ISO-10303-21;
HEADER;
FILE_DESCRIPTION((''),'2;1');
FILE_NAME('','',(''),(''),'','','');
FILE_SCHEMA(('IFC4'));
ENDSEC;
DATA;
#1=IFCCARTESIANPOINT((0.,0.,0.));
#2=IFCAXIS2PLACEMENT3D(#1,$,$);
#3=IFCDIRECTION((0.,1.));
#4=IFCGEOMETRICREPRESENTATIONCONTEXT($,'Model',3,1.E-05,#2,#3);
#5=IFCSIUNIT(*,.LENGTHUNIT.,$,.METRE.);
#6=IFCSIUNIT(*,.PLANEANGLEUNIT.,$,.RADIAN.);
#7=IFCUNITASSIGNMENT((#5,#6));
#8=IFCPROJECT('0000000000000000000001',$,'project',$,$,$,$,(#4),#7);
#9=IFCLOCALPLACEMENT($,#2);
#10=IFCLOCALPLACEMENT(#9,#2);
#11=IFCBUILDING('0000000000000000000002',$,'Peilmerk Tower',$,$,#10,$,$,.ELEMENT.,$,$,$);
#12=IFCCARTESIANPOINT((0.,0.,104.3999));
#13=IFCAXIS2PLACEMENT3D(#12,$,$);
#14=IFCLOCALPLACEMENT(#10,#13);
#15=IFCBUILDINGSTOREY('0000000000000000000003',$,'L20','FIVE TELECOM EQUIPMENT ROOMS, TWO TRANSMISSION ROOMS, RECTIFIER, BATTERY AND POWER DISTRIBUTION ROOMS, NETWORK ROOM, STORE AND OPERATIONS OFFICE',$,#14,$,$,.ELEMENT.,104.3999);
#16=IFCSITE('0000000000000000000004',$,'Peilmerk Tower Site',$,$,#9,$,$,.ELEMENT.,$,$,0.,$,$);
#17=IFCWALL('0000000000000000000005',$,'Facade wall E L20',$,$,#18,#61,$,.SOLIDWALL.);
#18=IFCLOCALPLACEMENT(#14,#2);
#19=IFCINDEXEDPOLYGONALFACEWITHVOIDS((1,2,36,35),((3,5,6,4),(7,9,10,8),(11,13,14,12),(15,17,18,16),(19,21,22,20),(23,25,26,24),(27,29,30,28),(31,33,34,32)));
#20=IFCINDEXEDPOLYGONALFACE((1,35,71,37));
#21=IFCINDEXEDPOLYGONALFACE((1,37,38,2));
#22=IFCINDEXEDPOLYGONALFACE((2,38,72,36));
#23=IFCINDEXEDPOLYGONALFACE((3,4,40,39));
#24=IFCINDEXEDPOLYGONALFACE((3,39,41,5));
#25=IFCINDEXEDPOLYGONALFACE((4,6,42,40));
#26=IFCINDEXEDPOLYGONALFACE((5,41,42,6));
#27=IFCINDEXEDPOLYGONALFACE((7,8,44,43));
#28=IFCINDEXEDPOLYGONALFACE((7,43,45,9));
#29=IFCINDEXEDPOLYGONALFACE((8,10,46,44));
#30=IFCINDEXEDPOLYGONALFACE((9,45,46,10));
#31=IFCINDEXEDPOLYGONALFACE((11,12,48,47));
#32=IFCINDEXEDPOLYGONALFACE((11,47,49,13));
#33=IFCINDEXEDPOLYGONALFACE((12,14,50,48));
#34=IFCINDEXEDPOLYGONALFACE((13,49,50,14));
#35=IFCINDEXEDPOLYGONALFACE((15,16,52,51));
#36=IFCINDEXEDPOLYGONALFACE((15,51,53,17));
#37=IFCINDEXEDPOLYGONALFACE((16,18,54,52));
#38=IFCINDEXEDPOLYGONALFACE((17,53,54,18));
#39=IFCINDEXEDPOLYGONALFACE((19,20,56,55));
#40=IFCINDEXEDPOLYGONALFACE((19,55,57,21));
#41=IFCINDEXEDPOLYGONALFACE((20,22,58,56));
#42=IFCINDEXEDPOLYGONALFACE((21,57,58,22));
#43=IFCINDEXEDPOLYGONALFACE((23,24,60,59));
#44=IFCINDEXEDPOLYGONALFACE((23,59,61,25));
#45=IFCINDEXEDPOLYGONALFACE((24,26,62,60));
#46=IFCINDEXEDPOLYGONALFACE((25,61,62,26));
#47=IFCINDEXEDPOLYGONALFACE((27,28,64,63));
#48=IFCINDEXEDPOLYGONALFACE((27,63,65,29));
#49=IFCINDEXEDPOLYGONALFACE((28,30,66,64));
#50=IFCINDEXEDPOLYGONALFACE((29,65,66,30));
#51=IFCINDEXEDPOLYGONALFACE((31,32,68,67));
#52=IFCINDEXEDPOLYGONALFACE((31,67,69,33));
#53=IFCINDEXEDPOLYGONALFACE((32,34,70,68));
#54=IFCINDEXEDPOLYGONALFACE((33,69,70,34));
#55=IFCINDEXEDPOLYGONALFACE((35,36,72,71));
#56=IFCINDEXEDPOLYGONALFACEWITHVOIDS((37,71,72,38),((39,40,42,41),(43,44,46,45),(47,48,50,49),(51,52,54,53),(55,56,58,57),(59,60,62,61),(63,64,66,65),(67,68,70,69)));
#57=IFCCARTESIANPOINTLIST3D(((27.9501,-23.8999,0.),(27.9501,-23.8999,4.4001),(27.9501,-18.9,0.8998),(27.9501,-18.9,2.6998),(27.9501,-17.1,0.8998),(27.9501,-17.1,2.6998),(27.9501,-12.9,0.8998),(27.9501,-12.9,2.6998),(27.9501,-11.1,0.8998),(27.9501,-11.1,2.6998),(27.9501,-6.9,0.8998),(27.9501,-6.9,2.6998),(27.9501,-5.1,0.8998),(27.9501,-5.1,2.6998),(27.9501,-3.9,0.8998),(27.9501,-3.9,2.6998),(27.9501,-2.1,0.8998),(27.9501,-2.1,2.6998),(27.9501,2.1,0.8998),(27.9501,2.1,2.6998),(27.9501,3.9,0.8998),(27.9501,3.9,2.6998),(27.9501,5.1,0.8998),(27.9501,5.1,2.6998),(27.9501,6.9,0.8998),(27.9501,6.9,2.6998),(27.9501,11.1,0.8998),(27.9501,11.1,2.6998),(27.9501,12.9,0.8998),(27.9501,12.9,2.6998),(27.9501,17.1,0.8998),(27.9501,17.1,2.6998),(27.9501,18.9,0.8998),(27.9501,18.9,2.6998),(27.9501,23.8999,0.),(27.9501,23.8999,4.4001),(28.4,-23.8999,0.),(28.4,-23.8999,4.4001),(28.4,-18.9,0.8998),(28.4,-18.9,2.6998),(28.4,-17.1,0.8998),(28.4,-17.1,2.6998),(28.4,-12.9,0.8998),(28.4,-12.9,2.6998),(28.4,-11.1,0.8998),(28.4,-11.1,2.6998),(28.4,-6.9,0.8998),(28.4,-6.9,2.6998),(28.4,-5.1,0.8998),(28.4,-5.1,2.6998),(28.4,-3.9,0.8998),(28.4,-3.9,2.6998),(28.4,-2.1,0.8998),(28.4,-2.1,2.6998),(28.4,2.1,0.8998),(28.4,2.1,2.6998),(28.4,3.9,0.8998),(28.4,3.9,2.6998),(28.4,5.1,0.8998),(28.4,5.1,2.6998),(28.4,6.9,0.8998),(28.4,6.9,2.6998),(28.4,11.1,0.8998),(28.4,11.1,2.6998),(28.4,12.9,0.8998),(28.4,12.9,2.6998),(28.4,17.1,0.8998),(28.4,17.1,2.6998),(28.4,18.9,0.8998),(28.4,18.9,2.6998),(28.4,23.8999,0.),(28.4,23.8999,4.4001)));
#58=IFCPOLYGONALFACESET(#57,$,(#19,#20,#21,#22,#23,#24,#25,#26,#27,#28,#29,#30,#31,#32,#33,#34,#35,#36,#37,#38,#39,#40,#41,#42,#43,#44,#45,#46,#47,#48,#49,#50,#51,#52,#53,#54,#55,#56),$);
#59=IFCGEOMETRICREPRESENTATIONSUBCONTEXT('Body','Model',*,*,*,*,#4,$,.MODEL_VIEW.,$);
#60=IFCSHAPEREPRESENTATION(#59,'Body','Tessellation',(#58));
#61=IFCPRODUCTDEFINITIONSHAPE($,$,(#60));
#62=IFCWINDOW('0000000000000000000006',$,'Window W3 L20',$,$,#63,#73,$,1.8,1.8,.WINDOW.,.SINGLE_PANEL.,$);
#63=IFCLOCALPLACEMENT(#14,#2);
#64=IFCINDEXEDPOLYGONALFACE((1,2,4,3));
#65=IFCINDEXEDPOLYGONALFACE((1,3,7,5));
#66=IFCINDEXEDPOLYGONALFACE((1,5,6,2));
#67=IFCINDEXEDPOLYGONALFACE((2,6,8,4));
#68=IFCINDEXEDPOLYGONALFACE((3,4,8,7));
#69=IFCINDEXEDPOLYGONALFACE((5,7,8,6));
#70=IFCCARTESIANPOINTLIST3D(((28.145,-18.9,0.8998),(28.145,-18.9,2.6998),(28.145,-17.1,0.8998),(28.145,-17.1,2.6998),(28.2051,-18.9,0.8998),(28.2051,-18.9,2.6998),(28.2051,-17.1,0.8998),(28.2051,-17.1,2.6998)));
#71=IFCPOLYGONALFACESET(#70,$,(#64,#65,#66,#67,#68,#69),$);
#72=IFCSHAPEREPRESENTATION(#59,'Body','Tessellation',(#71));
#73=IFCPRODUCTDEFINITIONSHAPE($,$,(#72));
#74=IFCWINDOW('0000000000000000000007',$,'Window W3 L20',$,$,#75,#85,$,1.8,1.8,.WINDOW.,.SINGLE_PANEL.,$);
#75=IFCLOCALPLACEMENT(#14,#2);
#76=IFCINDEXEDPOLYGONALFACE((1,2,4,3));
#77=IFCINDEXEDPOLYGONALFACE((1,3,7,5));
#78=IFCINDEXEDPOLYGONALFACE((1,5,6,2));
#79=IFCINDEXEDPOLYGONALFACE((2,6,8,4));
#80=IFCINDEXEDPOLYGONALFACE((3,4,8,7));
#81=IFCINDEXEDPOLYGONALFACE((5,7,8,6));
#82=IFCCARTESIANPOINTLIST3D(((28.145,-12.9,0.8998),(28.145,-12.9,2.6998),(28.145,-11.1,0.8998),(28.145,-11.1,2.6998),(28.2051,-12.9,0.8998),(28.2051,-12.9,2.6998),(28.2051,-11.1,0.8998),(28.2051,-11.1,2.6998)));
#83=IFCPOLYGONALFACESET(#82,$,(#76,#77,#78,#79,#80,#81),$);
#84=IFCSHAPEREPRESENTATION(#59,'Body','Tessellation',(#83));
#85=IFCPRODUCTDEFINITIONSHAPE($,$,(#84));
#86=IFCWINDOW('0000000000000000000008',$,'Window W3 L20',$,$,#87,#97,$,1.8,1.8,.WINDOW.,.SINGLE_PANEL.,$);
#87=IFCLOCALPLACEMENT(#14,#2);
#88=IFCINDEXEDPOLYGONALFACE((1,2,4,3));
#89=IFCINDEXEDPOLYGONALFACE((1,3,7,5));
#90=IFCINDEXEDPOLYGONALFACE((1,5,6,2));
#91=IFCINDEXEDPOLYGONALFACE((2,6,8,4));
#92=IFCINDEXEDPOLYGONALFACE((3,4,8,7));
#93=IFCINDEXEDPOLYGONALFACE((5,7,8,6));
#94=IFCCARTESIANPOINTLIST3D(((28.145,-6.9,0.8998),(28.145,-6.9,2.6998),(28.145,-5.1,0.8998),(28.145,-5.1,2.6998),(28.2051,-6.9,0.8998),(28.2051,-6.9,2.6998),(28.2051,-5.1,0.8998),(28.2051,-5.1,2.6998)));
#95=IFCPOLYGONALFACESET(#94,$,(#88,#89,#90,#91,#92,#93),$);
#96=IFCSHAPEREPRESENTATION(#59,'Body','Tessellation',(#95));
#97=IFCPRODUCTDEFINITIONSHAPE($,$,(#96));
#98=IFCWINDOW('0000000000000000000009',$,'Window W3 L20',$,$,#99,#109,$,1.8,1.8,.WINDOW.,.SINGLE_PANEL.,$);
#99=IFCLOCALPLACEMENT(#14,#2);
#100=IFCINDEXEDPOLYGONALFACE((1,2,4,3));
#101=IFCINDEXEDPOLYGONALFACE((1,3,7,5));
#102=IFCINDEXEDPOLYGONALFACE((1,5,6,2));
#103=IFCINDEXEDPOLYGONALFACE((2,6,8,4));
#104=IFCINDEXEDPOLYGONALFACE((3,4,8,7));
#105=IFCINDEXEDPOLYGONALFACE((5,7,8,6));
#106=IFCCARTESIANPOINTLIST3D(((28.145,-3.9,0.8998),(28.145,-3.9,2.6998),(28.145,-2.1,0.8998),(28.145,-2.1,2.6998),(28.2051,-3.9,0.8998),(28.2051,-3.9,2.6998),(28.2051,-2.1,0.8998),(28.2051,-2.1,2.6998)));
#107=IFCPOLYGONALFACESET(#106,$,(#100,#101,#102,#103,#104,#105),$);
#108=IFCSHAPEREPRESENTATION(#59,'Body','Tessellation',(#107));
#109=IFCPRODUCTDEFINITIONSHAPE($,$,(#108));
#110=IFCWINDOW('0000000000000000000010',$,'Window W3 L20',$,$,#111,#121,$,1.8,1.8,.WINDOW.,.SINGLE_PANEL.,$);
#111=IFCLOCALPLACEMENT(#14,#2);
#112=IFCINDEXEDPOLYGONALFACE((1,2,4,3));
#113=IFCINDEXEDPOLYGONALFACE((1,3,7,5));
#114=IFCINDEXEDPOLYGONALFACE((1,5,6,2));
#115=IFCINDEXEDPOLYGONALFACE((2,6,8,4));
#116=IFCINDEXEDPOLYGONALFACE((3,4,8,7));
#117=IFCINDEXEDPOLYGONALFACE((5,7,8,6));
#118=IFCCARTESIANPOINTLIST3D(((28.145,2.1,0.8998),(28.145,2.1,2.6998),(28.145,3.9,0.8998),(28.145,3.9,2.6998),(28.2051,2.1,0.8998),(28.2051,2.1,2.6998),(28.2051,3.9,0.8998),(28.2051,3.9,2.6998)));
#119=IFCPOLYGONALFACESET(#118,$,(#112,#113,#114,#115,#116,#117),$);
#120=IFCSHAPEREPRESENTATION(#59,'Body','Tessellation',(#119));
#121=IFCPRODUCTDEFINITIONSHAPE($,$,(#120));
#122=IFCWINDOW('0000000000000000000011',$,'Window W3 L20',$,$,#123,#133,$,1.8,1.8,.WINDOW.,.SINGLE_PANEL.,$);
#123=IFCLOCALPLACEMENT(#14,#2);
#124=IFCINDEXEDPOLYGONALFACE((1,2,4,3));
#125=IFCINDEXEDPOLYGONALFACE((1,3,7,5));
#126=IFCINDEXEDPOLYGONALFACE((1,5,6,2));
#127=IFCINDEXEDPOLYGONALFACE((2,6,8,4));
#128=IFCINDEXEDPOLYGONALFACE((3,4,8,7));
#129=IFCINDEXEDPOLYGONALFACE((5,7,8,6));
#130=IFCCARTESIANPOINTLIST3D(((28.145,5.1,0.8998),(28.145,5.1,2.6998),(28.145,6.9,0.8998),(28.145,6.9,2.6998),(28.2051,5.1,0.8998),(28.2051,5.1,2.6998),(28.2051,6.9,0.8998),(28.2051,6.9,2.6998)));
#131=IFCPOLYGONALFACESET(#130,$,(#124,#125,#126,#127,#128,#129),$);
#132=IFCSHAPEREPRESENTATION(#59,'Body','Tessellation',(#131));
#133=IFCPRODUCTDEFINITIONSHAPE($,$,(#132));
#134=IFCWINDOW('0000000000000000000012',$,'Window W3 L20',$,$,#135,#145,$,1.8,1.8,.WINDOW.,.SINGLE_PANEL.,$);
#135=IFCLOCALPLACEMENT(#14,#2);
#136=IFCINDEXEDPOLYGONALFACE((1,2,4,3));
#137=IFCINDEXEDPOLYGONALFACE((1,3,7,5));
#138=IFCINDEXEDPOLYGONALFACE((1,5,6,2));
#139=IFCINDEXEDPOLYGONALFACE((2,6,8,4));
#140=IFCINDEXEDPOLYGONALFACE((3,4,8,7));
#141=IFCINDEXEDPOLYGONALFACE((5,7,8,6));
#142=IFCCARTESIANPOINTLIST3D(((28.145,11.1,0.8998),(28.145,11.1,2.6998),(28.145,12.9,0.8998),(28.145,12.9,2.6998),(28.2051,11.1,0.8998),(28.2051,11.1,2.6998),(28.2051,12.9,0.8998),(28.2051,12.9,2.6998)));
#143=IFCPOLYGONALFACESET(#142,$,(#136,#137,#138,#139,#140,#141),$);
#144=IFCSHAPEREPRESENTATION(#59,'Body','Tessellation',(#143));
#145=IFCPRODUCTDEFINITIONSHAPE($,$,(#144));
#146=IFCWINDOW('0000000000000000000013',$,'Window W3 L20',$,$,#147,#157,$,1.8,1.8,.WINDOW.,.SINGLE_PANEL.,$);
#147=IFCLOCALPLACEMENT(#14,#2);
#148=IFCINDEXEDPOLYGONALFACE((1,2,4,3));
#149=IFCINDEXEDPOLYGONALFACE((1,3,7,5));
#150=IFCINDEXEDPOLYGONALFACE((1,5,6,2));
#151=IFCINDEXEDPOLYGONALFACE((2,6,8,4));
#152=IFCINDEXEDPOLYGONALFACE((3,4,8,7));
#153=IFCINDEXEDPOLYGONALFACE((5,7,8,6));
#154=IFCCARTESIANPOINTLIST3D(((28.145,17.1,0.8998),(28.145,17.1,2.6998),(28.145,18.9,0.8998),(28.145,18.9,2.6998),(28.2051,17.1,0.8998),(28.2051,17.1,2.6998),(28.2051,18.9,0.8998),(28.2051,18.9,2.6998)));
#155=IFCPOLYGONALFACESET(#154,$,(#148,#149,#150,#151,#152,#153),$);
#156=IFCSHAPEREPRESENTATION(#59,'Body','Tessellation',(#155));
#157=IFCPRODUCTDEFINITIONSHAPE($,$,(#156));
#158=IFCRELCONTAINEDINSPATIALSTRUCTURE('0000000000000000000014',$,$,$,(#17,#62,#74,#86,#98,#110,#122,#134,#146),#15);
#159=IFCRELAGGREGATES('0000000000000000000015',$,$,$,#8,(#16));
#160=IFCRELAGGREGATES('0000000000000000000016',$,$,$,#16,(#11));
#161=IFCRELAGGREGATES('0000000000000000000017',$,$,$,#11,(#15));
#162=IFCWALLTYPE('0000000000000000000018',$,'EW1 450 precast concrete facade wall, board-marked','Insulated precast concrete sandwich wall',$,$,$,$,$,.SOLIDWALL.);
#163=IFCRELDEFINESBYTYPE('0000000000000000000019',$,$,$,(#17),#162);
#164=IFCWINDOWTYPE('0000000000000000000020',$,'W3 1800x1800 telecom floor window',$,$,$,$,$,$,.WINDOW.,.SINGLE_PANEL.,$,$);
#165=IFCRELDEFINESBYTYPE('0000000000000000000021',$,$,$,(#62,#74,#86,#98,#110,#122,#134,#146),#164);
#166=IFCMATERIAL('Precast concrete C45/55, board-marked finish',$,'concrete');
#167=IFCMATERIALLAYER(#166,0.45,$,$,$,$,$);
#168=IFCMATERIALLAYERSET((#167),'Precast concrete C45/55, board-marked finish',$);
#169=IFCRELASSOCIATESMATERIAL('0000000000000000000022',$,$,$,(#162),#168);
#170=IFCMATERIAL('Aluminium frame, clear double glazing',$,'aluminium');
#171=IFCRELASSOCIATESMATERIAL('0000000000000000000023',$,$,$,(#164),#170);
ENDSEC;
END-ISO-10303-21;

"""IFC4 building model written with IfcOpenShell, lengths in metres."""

from ifc_helpers import new_model, si_unit, direction, frame, frame_2d, origin, place, context, subcontext, project, spatial, rectangle, extrude, material, layer, layer_set, type_object, element, fill, save


model = new_model("IFC4")

# Units and contexts
model_context = context("Model", 3, precision=1e-05, world=origin(), true_north=direction((0.0, 1.0)))
body_context = subcontext(model_context, "Body", "Model", "MODEL_VIEW")
ifc_project = project(units=[si_unit("LENGTHUNIT", "METRE"), si_unit("PLANEANGLEUNIT", "RADIAN")], contexts=[model_context])

# Site, building, storey
site_placement = place(None, origin())
site = spatial("IfcSite", under=ifc_project, at=site_placement, Name="Peilmerk Tower Site", CompositionType="ELEMENT", RefElevation=0.0)
building_placement = place(site_placement, origin())
building = spatial("IfcBuilding", under=site, at=building_placement, Name="Peilmerk Tower", CompositionType="ELEMENT")
storey_placement = place(building_placement, frame((0.0, 0.0, 104.3999)))
storey = spatial("IfcBuildingStorey", under=building, at=storey_placement, Name="L20", Description="FIVE TELECOM EQUIPMENT ROOMS, TWO TRANSMISSION ROOMS, RECTIFIER, BATTERY AND POWER DISTRIBUTION ROOMS, NETWORK ROOM, STORE AND OPERATIONS OFFICE", CompositionType="ELEMENT", Elevation=104.3999)

# Wall, openings, windows
ifc_material_1 = material(Name="Precast concrete C45/55, board-marked finish", Category="concrete")
ifc_layer = layer(ifc_material_1, 0.45)
ifc_layer_set = layer_set([ifc_layer], Name="Precast concrete C45/55, board-marked finish")
wall_type = type_object("IfcWallType", Name="EW1 450 precast concrete facade wall, board-marked", Description="Insulated precast concrete sandwich wall", PredefinedType="SOLIDWALL", material=ifc_layer_set)
wall_1_placement = place(storey_placement, frame((28.175, -23.8999, 0.0), z_axis=(0.0, 0.0, 1.0), x_axis=(0.0, 1.0, 0.0)))
wall_1 = element("IfcWall", 1, at=wall_1_placement, inside=storey, type_object=wall_type, Name="Facade wall E L20", PredefinedType="SOLIDWALL", context=body_context, shape_type="SweptSolid", body=[
    extrude(rectangle(XDim=47.7998, YDim=0.45, at=frame_2d((23.8999, 0.0))), origin(), (0.0, 0.0, 1.0), 4.4001),
])
opening_1_placement = place(wall_1_placement, frame((5.0, 0.0, 0.8999)))
opening_1 = element("IfcOpeningElement", 2, at=opening_1_placement, cuts=wall_1, PredefinedType="OPENING", context=body_context, shape_type="SweptSolid", body=[
    extrude(rectangle(XDim=1.8, YDim=1.8, at=frame_2d((0.8999, 0.8999))), frame((0.0, 0.2349, 0.0), z_axis=(0.0, -1.0, 0.0), x_axis=(1.0, 0.0, 0.0)), (0.0, 0.0, 1.0), 0.47),
])
opening_2_placement = place(wall_1_placement, frame((11.0, 0.0, 0.8999)))
opening_2 = element("IfcOpeningElement", 3, at=opening_2_placement, cuts=wall_1, PredefinedType="OPENING", context=body_context, shape_type="SweptSolid", body=[
    extrude(rectangle(XDim=1.8, YDim=1.8, at=frame_2d((0.8999, 0.8999))), frame((0.0, 0.2349, 0.0), z_axis=(0.0, -1.0, 0.0), x_axis=(1.0, 0.0, 0.0)), (0.0, 0.0, 1.0), 0.47),
])
opening_3_placement = place(wall_1_placement, frame((17.0, 0.0, 0.8999)))
opening_3 = element("IfcOpeningElement", 4, at=opening_3_placement, cuts=wall_1, PredefinedType="OPENING", context=body_context, shape_type="SweptSolid", body=[
    extrude(rectangle(XDim=1.8, YDim=1.8, at=frame_2d((0.8999, 0.8999))), frame((0.0, 0.2349, 0.0), z_axis=(0.0, -1.0, 0.0), x_axis=(1.0, 0.0, 0.0)), (0.0, 0.0, 1.0), 0.47),
])
opening_4_placement = place(wall_1_placement, frame((20.0, 0.0, 0.8999)))
opening_4 = element("IfcOpeningElement", 5, at=opening_4_placement, cuts=wall_1, PredefinedType="OPENING", context=body_context, shape_type="SweptSolid", body=[
    extrude(rectangle(XDim=1.8, YDim=1.8, at=frame_2d((0.8999, 0.8999))), frame((0.0, 0.2349, 0.0), z_axis=(0.0, -1.0, 0.0), x_axis=(1.0, 0.0, 0.0)), (0.0, 0.0, 1.0), 0.47),
])
opening_5_placement = place(wall_1_placement, frame((26.0, 0.0, 0.8999)))
opening_5 = element("IfcOpeningElement", 6, at=opening_5_placement, cuts=wall_1, PredefinedType="OPENING", context=body_context, shape_type="SweptSolid", body=[
    extrude(rectangle(XDim=1.8, YDim=1.8, at=frame_2d((0.8999, 0.8999))), frame((0.0, 0.2349, 0.0), z_axis=(0.0, -1.0, 0.0), x_axis=(1.0, 0.0, 0.0)), (0.0, 0.0, 1.0), 0.47),
])
opening_6_placement = place(wall_1_placement, frame((29.0, 0.0, 0.8999)))
opening_6 = element("IfcOpeningElement", 7, at=opening_6_placement, cuts=wall_1, PredefinedType="OPENING", context=body_context, shape_type="SweptSolid", body=[
    extrude(rectangle(XDim=1.8, YDim=1.8, at=frame_2d((0.8999, 0.8999))), frame((0.0, 0.2349, 0.0), z_axis=(0.0, -1.0, 0.0), x_axis=(1.0, 0.0, 0.0)), (0.0, 0.0, 1.0), 0.47),
])
opening_7_placement = place(wall_1_placement, frame((35.0, 0.0, 0.8999)))
opening_7 = element("IfcOpeningElement", 8, at=opening_7_placement, cuts=wall_1, PredefinedType="OPENING", context=body_context, shape_type="SweptSolid", body=[
    extrude(rectangle(XDim=1.8, YDim=1.8, at=frame_2d((0.8999, 0.8999))), frame((0.0, 0.2349, 0.0), z_axis=(0.0, -1.0, 0.0), x_axis=(1.0, 0.0, 0.0)), (0.0, 0.0, 1.0), 0.47),
])
opening_8_placement = place(wall_1_placement, frame((41.0, 0.0, 0.8999)))
opening_8 = element("IfcOpeningElement", 9, at=opening_8_placement, cuts=wall_1, PredefinedType="OPENING", context=body_context, shape_type="SweptSolid", body=[
    extrude(rectangle(XDim=1.8, YDim=1.8, at=frame_2d((0.8999, 0.8999))), frame((0.0, 0.2349, 0.0), z_axis=(0.0, -1.0, 0.0), x_axis=(1.0, 0.0, 0.0)), (0.0, 0.0, 1.0), 0.47),
])
ifc_material_2 = material(Name="Aluminium frame, clear double glazing", Category="aluminium")
window_type = type_object("IfcWindowType", Name="W3 1800x1800 telecom floor window", PartitioningType="SINGLE_PANEL", PredefinedType="WINDOW", material=ifc_material_2)
window_1_placement = place(opening_1_placement, origin())
window_1 = element("IfcWindow", 10, at=window_1_placement, inside=storey, type_object=window_type, Name="Window W3 L20", OverallHeight=1.8, OverallWidth=1.8, PartitioningType="SINGLE_PANEL", PredefinedType="WINDOW", context=body_context, shape_type="SweptSolid", body=[
    extrude(rectangle(XDim=1.8, YDim=1.8, at=frame_2d((0.8999, 0.8999))), frame((0.0, 0.03, 0.0), z_axis=(0.0, -1.0, 0.0), x_axis=(1.0, 0.0, 0.0)), (0.0, 0.0, 1.0), 0.0601),
])
fill(opening_1, window_1)
window_2_placement = place(opening_2_placement, origin())
window_2 = element("IfcWindow", 11, at=window_2_placement, inside=storey, type_object=window_type, Name="Window W3 L20", OverallHeight=1.8, OverallWidth=1.8, PartitioningType="SINGLE_PANEL", PredefinedType="WINDOW", context=body_context, shape_type="SweptSolid", body=[
    extrude(rectangle(XDim=1.8, YDim=1.8, at=frame_2d((0.8999, 0.8999))), frame((0.0, 0.03, 0.0), z_axis=(0.0, -1.0, 0.0), x_axis=(1.0, 0.0, 0.0)), (0.0, 0.0, 1.0), 0.0601),
])
fill(opening_2, window_2)
window_3_placement = place(opening_3_placement, origin())
window_3 = element("IfcWindow", 12, at=window_3_placement, inside=storey, type_object=window_type, Name="Window W3 L20", OverallHeight=1.8, OverallWidth=1.8, PartitioningType="SINGLE_PANEL", PredefinedType="WINDOW", context=body_context, shape_type="SweptSolid", body=[
    extrude(rectangle(XDim=1.8, YDim=1.8, at=frame_2d((0.8999, 0.8999))), frame((0.0, 0.03, 0.0), z_axis=(0.0, -1.0, 0.0), x_axis=(1.0, 0.0, 0.0)), (0.0, 0.0, 1.0), 0.0601),
])
fill(opening_3, window_3)
window_4_placement = place(opening_4_placement, origin())
window_4 = element("IfcWindow", 13, at=window_4_placement, inside=storey, type_object=window_type, Name="Window W3 L20", OverallHeight=1.8, OverallWidth=1.8, PartitioningType="SINGLE_PANEL", PredefinedType="WINDOW", context=body_context, shape_type="SweptSolid", body=[
    extrude(rectangle(XDim=1.8, YDim=1.8, at=frame_2d((0.8999, 0.8999))), frame((0.0, 0.03, 0.0), z_axis=(0.0, -1.0, 0.0), x_axis=(1.0, 0.0, 0.0)), (0.0, 0.0, 1.0), 0.0601),
])
fill(opening_4, window_4)
window_5_placement = place(opening_5_placement, origin())
window_5 = element("IfcWindow", 14, at=window_5_placement, inside=storey, type_object=window_type, Name="Window W3 L20", OverallHeight=1.8, OverallWidth=1.8, PartitioningType="SINGLE_PANEL", PredefinedType="WINDOW", context=body_context, shape_type="SweptSolid", body=[
    extrude(rectangle(XDim=1.8, YDim=1.8, at=frame_2d((0.8999, 0.8999))), frame((0.0, 0.03, 0.0), z_axis=(0.0, -1.0, 0.0), x_axis=(1.0, 0.0, 0.0)), (0.0, 0.0, 1.0), 0.0601),
])
fill(opening_5, window_5)
window_6_placement = place(opening_6_placement, origin())
window_6 = element("IfcWindow", 15, at=window_6_placement, inside=storey, type_object=window_type, Name="Window W3 L20", OverallHeight=1.8, OverallWidth=1.8, PartitioningType="SINGLE_PANEL", PredefinedType="WINDOW", context=body_context, shape_type="SweptSolid", body=[
    extrude(rectangle(XDim=1.8, YDim=1.8, at=frame_2d((0.8999, 0.8999))), frame((0.0, 0.03, 0.0), z_axis=(0.0, -1.0, 0.0), x_axis=(1.0, 0.0, 0.0)), (0.0, 0.0, 1.0), 0.0601),
])
fill(opening_6, window_6)
window_7_placement = place(opening_7_placement, origin())
window_7 = element("IfcWindow", 16, at=window_7_placement, inside=storey, type_object=window_type, Name="Window W3 L20", OverallHeight=1.8, OverallWidth=1.8, PartitioningType="SINGLE_PANEL", PredefinedType="WINDOW", context=body_context, shape_type="SweptSolid", body=[
    extrude(rectangle(XDim=1.8, YDim=1.8, at=frame_2d((0.8999, 0.8999))), frame((0.0, 0.03, 0.0), z_axis=(0.0, -1.0, 0.0), x_axis=(1.0, 0.0, 0.0)), (0.0, 0.0, 1.0), 0.0601),
])
fill(opening_7, window_7)
window_8_placement = place(opening_8_placement, origin())
window_8 = element("IfcWindow", 17, at=window_8_placement, inside=storey, type_object=window_type, Name="Window W3 L20", OverallHeight=1.8, OverallWidth=1.8, PartitioningType="SINGLE_PANEL", PredefinedType="WINDOW", context=body_context, shape_type="SweptSolid", body=[
    extrude(rectangle(XDim=1.8, YDim=1.8, at=frame_2d((0.8999, 0.8999))), frame((0.0, 0.03, 0.0), z_axis=(0.0, -1.0, 0.0), x_axis=(1.0, 0.0, 0.0)), (0.0, 0.0, 1.0), 0.0601),
])
fill(opening_8, window_8)

save(model, "model.ifc")
